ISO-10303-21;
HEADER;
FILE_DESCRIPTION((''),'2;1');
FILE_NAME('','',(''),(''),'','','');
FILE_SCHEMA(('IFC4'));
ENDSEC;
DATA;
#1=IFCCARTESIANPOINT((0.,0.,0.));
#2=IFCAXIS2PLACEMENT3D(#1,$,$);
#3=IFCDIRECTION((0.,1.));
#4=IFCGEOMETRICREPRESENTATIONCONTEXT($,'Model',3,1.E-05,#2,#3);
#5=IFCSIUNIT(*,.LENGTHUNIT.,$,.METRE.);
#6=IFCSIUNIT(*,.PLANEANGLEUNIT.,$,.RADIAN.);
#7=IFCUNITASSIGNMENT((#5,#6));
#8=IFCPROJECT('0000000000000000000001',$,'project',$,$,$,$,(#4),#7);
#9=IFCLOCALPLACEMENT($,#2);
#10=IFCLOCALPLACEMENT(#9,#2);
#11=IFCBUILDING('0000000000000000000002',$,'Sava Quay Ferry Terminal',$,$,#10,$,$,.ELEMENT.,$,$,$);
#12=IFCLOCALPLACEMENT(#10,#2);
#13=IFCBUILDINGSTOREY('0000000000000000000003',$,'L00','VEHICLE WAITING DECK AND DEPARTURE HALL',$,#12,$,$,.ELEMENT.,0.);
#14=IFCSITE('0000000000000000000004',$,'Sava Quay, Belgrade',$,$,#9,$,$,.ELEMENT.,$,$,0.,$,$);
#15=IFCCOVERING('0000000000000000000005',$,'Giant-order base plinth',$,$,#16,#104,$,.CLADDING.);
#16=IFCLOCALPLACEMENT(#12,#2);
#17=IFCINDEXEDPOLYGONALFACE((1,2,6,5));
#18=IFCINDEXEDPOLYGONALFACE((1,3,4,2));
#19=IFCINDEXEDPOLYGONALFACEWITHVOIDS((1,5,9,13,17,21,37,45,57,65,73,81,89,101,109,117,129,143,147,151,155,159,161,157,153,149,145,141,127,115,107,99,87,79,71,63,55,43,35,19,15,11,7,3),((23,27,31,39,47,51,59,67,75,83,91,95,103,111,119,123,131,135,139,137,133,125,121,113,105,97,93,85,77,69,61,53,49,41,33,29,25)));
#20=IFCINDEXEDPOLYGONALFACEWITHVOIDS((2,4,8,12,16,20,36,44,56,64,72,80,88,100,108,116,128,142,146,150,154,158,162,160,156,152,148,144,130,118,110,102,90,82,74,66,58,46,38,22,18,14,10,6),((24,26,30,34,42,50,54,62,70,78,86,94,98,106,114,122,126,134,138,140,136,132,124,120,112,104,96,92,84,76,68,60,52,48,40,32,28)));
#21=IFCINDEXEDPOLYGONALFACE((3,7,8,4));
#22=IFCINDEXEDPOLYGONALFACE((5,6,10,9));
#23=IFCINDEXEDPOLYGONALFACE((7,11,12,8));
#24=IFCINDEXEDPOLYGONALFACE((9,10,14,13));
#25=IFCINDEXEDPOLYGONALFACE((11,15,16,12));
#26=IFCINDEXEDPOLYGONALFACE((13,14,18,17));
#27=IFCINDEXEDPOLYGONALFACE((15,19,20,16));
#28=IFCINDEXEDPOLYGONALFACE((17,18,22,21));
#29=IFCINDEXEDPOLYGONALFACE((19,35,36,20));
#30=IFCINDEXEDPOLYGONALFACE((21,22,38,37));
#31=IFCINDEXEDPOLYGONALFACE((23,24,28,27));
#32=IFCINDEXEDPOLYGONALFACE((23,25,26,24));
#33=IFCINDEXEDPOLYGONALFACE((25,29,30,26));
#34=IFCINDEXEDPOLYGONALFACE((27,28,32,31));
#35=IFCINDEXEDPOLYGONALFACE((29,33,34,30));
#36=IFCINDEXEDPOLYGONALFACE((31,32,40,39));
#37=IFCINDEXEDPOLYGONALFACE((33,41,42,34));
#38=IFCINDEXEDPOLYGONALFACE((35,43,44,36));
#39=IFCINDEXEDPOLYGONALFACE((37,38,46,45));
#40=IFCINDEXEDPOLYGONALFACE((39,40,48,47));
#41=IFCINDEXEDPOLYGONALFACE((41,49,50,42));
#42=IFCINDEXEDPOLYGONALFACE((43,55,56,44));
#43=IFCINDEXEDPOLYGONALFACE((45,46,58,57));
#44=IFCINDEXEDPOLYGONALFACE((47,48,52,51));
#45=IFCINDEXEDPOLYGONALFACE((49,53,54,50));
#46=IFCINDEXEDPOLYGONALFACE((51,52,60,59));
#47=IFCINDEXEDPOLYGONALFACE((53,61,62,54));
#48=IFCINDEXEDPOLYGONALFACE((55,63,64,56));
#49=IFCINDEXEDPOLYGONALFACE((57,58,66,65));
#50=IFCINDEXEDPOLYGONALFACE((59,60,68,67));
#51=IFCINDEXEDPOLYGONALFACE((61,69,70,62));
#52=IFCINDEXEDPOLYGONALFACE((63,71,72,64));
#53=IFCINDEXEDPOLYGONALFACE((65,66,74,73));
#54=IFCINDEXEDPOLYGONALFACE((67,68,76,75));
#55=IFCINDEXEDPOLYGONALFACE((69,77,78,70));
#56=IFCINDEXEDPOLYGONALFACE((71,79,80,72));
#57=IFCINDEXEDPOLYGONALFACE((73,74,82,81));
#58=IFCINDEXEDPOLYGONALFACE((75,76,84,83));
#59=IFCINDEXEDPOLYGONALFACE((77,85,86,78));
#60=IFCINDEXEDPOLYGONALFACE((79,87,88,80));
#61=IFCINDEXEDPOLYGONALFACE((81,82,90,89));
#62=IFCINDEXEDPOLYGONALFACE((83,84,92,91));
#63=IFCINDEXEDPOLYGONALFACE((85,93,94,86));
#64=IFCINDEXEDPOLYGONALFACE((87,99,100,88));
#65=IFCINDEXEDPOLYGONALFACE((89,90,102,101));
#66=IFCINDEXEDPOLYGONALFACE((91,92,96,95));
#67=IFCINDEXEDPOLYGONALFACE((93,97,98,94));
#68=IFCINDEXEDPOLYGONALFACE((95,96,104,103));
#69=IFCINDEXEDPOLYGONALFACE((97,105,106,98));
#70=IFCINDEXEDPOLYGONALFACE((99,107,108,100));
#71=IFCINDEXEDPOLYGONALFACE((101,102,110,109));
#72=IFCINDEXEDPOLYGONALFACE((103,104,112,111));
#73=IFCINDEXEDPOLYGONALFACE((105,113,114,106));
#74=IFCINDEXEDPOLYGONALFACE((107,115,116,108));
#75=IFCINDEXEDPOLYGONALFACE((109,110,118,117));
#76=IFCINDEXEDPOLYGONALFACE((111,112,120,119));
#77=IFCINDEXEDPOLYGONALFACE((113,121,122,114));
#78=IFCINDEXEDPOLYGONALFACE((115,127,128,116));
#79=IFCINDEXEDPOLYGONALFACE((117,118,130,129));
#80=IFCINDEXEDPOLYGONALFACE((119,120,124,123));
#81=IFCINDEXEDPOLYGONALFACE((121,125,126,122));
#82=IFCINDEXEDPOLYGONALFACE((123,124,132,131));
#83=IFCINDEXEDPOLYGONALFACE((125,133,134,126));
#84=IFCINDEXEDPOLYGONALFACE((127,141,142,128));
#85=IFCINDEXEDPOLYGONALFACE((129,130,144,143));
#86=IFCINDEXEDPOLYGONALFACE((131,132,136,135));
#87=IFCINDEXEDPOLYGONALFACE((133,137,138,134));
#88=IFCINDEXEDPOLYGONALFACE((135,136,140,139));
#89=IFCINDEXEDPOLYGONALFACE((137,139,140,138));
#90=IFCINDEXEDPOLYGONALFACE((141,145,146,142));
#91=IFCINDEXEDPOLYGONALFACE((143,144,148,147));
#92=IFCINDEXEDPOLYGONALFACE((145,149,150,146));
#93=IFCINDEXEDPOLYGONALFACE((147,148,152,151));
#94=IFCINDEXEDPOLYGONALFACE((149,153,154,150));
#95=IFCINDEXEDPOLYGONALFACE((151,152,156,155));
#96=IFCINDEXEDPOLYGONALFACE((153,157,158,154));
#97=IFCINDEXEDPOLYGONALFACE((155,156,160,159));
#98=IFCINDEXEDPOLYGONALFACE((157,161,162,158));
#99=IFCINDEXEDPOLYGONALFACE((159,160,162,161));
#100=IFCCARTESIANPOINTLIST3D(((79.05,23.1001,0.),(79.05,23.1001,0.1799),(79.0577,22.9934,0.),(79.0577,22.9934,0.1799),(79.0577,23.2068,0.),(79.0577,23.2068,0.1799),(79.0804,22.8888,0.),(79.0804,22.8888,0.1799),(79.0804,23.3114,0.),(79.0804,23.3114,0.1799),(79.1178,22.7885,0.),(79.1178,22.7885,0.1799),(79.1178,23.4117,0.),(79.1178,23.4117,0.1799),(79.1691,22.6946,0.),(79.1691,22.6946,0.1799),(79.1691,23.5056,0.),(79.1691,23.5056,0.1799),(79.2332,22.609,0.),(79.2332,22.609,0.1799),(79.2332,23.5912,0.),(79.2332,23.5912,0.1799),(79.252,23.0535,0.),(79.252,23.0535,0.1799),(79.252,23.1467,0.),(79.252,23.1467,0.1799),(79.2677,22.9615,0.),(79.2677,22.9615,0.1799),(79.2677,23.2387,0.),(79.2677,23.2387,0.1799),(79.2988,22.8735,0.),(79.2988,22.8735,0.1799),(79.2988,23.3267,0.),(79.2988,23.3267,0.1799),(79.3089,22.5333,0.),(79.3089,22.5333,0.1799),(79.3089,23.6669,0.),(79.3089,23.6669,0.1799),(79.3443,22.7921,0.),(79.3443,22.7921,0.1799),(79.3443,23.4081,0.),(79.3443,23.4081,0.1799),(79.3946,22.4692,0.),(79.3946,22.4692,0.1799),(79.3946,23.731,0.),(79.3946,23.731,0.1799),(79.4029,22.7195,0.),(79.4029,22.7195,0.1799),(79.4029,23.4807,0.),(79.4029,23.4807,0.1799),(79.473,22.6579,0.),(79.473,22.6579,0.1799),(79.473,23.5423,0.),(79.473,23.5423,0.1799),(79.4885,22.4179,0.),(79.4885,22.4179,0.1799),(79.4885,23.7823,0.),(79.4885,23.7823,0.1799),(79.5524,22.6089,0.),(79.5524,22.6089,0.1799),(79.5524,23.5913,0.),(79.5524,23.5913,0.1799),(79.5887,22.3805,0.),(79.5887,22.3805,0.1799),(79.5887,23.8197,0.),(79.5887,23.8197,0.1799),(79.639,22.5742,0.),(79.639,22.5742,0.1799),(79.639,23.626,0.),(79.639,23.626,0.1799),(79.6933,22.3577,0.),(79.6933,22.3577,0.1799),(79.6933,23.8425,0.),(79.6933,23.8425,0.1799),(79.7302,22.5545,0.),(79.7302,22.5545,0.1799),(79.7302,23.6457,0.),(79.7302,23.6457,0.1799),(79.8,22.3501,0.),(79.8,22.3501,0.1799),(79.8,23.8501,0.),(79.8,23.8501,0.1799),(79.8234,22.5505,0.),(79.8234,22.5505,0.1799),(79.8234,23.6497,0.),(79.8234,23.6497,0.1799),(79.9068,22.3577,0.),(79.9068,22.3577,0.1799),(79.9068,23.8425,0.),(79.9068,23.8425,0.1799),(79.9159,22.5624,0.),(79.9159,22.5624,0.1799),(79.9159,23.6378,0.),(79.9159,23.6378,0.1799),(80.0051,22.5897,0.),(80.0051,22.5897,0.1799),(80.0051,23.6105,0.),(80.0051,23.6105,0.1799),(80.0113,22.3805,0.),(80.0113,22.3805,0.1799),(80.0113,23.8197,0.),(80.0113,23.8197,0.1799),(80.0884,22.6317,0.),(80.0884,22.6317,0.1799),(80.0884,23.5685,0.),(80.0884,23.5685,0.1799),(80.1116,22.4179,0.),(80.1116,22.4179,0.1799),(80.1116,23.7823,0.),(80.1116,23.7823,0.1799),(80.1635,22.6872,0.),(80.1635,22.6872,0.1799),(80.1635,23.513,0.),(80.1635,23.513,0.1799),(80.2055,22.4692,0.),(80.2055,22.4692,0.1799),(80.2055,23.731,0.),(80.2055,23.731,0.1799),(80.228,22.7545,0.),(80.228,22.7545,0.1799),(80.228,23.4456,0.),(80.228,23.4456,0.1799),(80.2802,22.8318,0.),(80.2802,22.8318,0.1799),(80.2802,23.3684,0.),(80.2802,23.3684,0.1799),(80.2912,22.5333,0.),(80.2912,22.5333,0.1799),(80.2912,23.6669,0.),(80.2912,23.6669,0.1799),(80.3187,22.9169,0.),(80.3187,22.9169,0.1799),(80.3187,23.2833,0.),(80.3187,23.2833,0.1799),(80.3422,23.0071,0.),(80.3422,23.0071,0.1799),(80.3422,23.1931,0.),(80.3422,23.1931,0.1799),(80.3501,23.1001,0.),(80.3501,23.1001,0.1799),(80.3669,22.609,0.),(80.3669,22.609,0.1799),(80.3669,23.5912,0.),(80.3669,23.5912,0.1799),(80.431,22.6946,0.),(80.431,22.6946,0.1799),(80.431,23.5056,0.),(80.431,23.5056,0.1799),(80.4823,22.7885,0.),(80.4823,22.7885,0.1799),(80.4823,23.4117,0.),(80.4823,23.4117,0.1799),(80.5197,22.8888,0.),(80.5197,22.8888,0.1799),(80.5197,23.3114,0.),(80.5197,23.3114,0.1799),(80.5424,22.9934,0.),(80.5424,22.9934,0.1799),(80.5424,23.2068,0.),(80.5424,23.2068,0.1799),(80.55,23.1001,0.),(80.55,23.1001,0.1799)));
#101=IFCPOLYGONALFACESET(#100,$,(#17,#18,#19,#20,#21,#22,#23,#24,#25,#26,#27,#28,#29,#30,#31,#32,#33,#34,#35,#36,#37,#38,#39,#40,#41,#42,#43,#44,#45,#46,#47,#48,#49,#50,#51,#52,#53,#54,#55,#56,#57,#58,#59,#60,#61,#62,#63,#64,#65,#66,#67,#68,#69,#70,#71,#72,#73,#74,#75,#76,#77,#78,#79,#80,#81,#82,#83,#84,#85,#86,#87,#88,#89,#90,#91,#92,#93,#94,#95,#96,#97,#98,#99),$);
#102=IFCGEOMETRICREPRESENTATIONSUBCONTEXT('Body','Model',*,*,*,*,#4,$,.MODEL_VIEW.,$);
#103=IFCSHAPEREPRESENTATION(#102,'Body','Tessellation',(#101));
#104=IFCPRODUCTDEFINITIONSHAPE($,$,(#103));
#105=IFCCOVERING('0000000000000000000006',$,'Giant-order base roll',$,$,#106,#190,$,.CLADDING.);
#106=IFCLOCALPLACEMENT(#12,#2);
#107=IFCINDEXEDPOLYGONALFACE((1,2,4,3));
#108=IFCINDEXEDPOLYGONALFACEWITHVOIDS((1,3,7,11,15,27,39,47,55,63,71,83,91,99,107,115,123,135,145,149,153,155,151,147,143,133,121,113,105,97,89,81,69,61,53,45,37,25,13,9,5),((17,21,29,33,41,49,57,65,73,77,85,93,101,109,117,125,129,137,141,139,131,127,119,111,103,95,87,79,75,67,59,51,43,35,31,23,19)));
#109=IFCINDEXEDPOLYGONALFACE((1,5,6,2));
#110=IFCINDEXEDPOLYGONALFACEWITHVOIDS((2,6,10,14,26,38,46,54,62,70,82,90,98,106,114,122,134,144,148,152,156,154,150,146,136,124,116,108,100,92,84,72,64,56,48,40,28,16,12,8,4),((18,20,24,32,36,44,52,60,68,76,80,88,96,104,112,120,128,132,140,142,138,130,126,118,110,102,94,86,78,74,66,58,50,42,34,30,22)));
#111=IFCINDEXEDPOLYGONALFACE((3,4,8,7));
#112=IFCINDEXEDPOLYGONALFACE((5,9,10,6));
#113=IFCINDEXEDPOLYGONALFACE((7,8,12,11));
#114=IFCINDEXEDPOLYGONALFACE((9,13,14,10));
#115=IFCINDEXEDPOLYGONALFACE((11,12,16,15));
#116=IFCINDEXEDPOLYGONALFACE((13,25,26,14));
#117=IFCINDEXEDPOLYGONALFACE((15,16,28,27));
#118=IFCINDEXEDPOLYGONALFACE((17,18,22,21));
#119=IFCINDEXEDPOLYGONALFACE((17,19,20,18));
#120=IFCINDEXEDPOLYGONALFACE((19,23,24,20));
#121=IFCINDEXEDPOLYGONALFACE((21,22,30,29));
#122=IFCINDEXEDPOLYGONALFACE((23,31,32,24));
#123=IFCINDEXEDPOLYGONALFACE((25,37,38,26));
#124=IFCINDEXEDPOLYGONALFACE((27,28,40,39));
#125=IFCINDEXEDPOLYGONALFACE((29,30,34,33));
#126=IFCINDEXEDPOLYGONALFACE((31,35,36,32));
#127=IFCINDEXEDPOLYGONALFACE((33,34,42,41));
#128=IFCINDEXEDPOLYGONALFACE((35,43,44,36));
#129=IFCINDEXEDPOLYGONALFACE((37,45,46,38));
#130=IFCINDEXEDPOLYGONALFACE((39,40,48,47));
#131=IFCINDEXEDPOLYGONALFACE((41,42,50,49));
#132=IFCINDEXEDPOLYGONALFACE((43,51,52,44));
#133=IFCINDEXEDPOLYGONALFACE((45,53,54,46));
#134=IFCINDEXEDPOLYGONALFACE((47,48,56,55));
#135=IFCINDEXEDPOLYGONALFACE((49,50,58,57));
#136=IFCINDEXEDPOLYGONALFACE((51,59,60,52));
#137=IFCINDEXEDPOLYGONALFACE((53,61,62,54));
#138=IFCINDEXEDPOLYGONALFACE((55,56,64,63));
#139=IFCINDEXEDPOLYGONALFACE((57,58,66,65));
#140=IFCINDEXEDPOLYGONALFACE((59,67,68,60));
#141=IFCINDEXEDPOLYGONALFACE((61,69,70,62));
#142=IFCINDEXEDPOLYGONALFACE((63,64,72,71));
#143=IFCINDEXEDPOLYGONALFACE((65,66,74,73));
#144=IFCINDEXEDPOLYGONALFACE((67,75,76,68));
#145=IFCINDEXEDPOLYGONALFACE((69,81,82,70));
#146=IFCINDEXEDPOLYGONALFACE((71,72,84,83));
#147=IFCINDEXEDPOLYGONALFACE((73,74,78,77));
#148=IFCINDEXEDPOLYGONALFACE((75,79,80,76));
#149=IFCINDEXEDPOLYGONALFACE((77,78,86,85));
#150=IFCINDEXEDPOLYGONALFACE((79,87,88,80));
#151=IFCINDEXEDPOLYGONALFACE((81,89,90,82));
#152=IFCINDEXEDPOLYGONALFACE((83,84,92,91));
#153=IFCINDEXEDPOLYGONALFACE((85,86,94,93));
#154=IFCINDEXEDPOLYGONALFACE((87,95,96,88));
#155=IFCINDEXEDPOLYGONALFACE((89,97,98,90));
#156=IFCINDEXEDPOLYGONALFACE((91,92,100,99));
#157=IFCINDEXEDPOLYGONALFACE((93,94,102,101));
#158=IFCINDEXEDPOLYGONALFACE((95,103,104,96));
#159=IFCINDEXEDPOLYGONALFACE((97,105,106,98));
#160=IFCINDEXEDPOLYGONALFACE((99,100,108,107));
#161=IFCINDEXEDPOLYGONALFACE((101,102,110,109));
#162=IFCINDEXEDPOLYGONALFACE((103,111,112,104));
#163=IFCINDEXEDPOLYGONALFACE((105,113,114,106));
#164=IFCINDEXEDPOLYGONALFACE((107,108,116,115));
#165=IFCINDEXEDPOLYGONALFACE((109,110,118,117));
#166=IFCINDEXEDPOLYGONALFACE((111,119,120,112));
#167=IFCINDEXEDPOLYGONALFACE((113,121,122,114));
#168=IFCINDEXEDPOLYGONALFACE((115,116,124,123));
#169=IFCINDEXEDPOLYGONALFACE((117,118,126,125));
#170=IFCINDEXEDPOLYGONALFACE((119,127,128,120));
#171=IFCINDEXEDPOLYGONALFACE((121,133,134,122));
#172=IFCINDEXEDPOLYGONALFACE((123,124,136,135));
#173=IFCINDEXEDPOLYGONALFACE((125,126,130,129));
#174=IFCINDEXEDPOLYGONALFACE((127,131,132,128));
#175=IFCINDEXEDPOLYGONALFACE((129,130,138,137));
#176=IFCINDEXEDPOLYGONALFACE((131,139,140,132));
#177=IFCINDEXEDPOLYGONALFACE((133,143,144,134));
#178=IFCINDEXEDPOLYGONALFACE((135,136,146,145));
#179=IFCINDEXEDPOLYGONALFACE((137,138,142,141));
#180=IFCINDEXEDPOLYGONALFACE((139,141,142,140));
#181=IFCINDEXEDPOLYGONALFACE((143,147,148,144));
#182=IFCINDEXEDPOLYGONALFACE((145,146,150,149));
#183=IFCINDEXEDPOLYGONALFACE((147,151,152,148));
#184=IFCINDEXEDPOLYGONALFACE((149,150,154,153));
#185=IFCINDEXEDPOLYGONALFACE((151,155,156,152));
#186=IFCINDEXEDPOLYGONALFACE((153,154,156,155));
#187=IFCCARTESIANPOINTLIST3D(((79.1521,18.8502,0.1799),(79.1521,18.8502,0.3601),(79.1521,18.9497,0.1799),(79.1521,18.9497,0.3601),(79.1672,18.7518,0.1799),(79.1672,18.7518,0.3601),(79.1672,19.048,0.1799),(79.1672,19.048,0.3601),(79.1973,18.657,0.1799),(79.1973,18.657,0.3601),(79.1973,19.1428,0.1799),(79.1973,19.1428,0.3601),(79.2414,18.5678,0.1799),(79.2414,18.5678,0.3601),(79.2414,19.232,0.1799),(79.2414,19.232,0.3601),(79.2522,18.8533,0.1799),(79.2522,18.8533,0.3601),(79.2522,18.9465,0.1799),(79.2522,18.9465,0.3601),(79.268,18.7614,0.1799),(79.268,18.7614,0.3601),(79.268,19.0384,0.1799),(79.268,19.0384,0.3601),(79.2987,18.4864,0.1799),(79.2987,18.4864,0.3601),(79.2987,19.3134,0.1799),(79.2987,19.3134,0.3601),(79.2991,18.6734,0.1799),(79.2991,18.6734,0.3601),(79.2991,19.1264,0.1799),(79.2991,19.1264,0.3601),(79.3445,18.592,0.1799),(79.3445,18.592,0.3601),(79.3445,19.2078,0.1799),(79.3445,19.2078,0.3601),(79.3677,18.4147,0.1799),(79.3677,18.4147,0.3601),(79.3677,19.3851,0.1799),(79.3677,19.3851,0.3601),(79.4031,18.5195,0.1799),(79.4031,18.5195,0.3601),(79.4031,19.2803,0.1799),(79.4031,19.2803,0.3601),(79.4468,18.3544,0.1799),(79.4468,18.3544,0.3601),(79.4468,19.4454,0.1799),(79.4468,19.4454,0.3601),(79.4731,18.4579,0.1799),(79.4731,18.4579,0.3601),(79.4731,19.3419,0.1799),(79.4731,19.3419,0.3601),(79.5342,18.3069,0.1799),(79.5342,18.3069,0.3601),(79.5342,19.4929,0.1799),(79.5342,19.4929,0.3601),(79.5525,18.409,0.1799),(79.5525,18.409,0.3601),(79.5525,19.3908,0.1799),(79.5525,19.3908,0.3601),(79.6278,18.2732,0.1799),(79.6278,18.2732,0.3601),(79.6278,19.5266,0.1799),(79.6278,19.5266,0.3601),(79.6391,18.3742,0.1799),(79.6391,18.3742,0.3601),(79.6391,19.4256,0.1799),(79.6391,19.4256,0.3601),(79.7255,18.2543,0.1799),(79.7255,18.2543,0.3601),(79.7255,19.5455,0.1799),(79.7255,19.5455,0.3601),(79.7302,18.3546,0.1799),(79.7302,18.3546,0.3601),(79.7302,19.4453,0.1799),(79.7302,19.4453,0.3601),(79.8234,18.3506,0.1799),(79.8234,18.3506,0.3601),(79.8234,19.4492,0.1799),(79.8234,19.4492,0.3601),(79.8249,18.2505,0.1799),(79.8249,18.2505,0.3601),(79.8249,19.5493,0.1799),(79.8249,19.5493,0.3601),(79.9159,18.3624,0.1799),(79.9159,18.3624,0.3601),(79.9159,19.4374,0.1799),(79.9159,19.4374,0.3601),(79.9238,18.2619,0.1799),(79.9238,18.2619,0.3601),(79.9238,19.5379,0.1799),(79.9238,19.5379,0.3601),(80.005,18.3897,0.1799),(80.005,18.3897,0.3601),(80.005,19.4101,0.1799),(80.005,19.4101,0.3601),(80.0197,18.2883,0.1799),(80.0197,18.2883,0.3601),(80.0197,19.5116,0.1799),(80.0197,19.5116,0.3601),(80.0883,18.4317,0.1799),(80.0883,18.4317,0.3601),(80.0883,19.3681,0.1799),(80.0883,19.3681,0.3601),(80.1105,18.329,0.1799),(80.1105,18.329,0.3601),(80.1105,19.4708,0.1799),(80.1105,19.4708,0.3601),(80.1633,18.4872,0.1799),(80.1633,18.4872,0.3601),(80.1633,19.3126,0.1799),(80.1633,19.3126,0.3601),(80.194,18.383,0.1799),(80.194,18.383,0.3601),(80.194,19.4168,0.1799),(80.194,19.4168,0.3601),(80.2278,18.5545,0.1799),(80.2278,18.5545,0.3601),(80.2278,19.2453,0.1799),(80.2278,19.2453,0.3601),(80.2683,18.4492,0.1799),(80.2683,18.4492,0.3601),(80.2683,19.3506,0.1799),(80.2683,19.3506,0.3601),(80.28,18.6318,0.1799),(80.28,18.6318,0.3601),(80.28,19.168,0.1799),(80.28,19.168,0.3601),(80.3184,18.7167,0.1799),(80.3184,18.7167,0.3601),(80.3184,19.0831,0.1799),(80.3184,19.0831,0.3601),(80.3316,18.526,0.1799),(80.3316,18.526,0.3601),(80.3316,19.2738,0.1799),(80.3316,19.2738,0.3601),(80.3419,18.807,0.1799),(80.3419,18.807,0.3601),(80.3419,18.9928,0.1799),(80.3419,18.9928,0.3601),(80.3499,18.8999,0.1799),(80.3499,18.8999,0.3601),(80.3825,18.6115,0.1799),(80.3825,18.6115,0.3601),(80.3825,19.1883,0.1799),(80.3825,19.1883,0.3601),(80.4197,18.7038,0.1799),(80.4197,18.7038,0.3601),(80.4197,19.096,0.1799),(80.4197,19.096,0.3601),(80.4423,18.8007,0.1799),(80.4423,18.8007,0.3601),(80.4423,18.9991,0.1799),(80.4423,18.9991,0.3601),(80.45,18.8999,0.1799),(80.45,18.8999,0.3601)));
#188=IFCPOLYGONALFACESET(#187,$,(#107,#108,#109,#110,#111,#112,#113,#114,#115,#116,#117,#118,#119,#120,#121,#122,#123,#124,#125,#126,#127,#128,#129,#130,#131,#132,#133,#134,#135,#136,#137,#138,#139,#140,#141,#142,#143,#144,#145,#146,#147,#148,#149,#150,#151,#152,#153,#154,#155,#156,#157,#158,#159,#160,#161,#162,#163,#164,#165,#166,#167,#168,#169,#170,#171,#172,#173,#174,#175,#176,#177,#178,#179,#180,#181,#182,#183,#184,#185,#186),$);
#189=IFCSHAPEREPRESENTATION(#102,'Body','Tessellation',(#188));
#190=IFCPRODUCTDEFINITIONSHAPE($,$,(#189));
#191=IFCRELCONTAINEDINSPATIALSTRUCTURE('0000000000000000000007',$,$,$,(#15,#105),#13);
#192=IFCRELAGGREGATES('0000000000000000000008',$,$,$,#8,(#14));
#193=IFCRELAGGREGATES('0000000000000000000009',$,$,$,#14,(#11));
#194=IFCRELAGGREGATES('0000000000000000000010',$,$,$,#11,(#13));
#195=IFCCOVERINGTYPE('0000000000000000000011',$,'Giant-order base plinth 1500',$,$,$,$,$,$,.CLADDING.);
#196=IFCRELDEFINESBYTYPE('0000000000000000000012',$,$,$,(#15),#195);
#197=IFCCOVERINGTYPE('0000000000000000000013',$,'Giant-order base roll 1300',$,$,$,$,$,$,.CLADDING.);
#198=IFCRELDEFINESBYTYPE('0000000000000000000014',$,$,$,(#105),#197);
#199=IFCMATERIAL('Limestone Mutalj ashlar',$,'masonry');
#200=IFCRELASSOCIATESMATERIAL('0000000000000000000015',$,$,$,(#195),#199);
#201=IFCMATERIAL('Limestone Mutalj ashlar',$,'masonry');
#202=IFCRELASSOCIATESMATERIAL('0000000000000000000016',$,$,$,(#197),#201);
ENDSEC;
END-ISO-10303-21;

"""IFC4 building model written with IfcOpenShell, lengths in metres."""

from ifc_helpers import new_model, si_unit, direction, frame, origin, origin_2d, place, context, subcontext, project, spatial, hollow_circle, extrude, material, material_profile, profile_set, type_object, element, save


model = new_model("IFC4")

# Units and contexts
model_context = context("Model", 3, precision=1e-05, world=origin(), true_north=direction((0.0, 1.0)))
body_context = subcontext(model_context, "Body", "Model", "MODEL_VIEW")
ifc_project = project(units=[si_unit("LENGTHUNIT", "METRE"), si_unit("PLANEANGLEUNIT", "RADIAN")], contexts=[model_context])

# Site, building, storey
site_placement = place(None, origin())
site = spatial("IfcSite", under=ifc_project, at=site_placement, Name="Sava Quay, Belgrade", CompositionType="ELEMENT", RefElevation=0.0)
building_placement = place(site_placement, origin())
building = spatial("IfcBuilding", under=site, at=building_placement, Name="Sava Quay Ferry Terminal", CompositionType="ELEMENT")
storey_placement = place(building_placement, origin())
storey = spatial("IfcBuildingStorey", under=building, at=storey_placement, Name="L00", Description="VEHICLE WAITING DECK AND DEPARTURE HALL", CompositionType="ELEMENT", Elevation=0.0)

# Coverings
ifc_material_1 = material(Name="Limestone Mutalj ashlar", Category="masonry")
ifc_material_profile_1 = material_profile(ifc_material_1, hollow_circle(Radius=0.75, WallThickness=0.2, at=origin_2d()), Name="Base plinth 1500")
ifc_profile_set_1 = profile_set([ifc_material_profile_1], Name="Limestone Mutalj ashlar")
covering_type_1 = type_object("IfcCoveringType", Name="Giant-order base plinth 1500", PredefinedType="CLADDING", material=ifc_profile_set_1)
for number, where, z_axis, x_axis, name in (
    (1, (79.8, 23.1001, 0.0), (0.0, 0.0, 1.0), (1.0, 0.0, 0.0), "Giant-order base plinth"),
):
    element("IfcCovering", number, at=place(storey_placement, frame(where, z_axis=z_axis, x_axis=x_axis)), inside=storey, type_object=covering_type_1, Name=name, PredefinedType="CLADDING", context=body_context, shape_type="SweptSolid", body=[
        extrude(hollow_circle(Radius=0.75, WallThickness=0.2, at=origin_2d()), origin(), (0.0, 0.0, 1.0), 0.1799),
    ])
ifc_material_2 = material(Name="Limestone Mutalj ashlar", Category="masonry")
ifc_material_profile_2 = material_profile(ifc_material_2, hollow_circle(Radius=0.6499, WallThickness=0.1001, at=origin_2d()), Name="Base roll 1300")
ifc_profile_set_2 = profile_set([ifc_material_profile_2], Name="Limestone Mutalj ashlar")
covering_type_2 = type_object("IfcCoveringType", Name="Giant-order base roll 1300", PredefinedType="CLADDING", material=ifc_profile_set_2)
for number, where, z_axis, x_axis, name in (
    (2, (79.8, 18.8999, 0.1799), (0.0, 0.0, 1.0), (1.0, 0.0, 0.0), "Giant-order base roll"),
):
    element("IfcCovering", number, at=place(storey_placement, frame(where, z_axis=z_axis, x_axis=x_axis)), inside=storey, type_object=covering_type_2, Name=name, PredefinedType="CLADDING", context=body_context, shape_type="SweptSolid", body=[
        extrude(hollow_circle(Radius=0.6499, WallThickness=0.1001, at=origin_2d()), origin(), (0.0, 0.0, 1.0), 0.1802),
    ])

save(model, "model.ifc")
